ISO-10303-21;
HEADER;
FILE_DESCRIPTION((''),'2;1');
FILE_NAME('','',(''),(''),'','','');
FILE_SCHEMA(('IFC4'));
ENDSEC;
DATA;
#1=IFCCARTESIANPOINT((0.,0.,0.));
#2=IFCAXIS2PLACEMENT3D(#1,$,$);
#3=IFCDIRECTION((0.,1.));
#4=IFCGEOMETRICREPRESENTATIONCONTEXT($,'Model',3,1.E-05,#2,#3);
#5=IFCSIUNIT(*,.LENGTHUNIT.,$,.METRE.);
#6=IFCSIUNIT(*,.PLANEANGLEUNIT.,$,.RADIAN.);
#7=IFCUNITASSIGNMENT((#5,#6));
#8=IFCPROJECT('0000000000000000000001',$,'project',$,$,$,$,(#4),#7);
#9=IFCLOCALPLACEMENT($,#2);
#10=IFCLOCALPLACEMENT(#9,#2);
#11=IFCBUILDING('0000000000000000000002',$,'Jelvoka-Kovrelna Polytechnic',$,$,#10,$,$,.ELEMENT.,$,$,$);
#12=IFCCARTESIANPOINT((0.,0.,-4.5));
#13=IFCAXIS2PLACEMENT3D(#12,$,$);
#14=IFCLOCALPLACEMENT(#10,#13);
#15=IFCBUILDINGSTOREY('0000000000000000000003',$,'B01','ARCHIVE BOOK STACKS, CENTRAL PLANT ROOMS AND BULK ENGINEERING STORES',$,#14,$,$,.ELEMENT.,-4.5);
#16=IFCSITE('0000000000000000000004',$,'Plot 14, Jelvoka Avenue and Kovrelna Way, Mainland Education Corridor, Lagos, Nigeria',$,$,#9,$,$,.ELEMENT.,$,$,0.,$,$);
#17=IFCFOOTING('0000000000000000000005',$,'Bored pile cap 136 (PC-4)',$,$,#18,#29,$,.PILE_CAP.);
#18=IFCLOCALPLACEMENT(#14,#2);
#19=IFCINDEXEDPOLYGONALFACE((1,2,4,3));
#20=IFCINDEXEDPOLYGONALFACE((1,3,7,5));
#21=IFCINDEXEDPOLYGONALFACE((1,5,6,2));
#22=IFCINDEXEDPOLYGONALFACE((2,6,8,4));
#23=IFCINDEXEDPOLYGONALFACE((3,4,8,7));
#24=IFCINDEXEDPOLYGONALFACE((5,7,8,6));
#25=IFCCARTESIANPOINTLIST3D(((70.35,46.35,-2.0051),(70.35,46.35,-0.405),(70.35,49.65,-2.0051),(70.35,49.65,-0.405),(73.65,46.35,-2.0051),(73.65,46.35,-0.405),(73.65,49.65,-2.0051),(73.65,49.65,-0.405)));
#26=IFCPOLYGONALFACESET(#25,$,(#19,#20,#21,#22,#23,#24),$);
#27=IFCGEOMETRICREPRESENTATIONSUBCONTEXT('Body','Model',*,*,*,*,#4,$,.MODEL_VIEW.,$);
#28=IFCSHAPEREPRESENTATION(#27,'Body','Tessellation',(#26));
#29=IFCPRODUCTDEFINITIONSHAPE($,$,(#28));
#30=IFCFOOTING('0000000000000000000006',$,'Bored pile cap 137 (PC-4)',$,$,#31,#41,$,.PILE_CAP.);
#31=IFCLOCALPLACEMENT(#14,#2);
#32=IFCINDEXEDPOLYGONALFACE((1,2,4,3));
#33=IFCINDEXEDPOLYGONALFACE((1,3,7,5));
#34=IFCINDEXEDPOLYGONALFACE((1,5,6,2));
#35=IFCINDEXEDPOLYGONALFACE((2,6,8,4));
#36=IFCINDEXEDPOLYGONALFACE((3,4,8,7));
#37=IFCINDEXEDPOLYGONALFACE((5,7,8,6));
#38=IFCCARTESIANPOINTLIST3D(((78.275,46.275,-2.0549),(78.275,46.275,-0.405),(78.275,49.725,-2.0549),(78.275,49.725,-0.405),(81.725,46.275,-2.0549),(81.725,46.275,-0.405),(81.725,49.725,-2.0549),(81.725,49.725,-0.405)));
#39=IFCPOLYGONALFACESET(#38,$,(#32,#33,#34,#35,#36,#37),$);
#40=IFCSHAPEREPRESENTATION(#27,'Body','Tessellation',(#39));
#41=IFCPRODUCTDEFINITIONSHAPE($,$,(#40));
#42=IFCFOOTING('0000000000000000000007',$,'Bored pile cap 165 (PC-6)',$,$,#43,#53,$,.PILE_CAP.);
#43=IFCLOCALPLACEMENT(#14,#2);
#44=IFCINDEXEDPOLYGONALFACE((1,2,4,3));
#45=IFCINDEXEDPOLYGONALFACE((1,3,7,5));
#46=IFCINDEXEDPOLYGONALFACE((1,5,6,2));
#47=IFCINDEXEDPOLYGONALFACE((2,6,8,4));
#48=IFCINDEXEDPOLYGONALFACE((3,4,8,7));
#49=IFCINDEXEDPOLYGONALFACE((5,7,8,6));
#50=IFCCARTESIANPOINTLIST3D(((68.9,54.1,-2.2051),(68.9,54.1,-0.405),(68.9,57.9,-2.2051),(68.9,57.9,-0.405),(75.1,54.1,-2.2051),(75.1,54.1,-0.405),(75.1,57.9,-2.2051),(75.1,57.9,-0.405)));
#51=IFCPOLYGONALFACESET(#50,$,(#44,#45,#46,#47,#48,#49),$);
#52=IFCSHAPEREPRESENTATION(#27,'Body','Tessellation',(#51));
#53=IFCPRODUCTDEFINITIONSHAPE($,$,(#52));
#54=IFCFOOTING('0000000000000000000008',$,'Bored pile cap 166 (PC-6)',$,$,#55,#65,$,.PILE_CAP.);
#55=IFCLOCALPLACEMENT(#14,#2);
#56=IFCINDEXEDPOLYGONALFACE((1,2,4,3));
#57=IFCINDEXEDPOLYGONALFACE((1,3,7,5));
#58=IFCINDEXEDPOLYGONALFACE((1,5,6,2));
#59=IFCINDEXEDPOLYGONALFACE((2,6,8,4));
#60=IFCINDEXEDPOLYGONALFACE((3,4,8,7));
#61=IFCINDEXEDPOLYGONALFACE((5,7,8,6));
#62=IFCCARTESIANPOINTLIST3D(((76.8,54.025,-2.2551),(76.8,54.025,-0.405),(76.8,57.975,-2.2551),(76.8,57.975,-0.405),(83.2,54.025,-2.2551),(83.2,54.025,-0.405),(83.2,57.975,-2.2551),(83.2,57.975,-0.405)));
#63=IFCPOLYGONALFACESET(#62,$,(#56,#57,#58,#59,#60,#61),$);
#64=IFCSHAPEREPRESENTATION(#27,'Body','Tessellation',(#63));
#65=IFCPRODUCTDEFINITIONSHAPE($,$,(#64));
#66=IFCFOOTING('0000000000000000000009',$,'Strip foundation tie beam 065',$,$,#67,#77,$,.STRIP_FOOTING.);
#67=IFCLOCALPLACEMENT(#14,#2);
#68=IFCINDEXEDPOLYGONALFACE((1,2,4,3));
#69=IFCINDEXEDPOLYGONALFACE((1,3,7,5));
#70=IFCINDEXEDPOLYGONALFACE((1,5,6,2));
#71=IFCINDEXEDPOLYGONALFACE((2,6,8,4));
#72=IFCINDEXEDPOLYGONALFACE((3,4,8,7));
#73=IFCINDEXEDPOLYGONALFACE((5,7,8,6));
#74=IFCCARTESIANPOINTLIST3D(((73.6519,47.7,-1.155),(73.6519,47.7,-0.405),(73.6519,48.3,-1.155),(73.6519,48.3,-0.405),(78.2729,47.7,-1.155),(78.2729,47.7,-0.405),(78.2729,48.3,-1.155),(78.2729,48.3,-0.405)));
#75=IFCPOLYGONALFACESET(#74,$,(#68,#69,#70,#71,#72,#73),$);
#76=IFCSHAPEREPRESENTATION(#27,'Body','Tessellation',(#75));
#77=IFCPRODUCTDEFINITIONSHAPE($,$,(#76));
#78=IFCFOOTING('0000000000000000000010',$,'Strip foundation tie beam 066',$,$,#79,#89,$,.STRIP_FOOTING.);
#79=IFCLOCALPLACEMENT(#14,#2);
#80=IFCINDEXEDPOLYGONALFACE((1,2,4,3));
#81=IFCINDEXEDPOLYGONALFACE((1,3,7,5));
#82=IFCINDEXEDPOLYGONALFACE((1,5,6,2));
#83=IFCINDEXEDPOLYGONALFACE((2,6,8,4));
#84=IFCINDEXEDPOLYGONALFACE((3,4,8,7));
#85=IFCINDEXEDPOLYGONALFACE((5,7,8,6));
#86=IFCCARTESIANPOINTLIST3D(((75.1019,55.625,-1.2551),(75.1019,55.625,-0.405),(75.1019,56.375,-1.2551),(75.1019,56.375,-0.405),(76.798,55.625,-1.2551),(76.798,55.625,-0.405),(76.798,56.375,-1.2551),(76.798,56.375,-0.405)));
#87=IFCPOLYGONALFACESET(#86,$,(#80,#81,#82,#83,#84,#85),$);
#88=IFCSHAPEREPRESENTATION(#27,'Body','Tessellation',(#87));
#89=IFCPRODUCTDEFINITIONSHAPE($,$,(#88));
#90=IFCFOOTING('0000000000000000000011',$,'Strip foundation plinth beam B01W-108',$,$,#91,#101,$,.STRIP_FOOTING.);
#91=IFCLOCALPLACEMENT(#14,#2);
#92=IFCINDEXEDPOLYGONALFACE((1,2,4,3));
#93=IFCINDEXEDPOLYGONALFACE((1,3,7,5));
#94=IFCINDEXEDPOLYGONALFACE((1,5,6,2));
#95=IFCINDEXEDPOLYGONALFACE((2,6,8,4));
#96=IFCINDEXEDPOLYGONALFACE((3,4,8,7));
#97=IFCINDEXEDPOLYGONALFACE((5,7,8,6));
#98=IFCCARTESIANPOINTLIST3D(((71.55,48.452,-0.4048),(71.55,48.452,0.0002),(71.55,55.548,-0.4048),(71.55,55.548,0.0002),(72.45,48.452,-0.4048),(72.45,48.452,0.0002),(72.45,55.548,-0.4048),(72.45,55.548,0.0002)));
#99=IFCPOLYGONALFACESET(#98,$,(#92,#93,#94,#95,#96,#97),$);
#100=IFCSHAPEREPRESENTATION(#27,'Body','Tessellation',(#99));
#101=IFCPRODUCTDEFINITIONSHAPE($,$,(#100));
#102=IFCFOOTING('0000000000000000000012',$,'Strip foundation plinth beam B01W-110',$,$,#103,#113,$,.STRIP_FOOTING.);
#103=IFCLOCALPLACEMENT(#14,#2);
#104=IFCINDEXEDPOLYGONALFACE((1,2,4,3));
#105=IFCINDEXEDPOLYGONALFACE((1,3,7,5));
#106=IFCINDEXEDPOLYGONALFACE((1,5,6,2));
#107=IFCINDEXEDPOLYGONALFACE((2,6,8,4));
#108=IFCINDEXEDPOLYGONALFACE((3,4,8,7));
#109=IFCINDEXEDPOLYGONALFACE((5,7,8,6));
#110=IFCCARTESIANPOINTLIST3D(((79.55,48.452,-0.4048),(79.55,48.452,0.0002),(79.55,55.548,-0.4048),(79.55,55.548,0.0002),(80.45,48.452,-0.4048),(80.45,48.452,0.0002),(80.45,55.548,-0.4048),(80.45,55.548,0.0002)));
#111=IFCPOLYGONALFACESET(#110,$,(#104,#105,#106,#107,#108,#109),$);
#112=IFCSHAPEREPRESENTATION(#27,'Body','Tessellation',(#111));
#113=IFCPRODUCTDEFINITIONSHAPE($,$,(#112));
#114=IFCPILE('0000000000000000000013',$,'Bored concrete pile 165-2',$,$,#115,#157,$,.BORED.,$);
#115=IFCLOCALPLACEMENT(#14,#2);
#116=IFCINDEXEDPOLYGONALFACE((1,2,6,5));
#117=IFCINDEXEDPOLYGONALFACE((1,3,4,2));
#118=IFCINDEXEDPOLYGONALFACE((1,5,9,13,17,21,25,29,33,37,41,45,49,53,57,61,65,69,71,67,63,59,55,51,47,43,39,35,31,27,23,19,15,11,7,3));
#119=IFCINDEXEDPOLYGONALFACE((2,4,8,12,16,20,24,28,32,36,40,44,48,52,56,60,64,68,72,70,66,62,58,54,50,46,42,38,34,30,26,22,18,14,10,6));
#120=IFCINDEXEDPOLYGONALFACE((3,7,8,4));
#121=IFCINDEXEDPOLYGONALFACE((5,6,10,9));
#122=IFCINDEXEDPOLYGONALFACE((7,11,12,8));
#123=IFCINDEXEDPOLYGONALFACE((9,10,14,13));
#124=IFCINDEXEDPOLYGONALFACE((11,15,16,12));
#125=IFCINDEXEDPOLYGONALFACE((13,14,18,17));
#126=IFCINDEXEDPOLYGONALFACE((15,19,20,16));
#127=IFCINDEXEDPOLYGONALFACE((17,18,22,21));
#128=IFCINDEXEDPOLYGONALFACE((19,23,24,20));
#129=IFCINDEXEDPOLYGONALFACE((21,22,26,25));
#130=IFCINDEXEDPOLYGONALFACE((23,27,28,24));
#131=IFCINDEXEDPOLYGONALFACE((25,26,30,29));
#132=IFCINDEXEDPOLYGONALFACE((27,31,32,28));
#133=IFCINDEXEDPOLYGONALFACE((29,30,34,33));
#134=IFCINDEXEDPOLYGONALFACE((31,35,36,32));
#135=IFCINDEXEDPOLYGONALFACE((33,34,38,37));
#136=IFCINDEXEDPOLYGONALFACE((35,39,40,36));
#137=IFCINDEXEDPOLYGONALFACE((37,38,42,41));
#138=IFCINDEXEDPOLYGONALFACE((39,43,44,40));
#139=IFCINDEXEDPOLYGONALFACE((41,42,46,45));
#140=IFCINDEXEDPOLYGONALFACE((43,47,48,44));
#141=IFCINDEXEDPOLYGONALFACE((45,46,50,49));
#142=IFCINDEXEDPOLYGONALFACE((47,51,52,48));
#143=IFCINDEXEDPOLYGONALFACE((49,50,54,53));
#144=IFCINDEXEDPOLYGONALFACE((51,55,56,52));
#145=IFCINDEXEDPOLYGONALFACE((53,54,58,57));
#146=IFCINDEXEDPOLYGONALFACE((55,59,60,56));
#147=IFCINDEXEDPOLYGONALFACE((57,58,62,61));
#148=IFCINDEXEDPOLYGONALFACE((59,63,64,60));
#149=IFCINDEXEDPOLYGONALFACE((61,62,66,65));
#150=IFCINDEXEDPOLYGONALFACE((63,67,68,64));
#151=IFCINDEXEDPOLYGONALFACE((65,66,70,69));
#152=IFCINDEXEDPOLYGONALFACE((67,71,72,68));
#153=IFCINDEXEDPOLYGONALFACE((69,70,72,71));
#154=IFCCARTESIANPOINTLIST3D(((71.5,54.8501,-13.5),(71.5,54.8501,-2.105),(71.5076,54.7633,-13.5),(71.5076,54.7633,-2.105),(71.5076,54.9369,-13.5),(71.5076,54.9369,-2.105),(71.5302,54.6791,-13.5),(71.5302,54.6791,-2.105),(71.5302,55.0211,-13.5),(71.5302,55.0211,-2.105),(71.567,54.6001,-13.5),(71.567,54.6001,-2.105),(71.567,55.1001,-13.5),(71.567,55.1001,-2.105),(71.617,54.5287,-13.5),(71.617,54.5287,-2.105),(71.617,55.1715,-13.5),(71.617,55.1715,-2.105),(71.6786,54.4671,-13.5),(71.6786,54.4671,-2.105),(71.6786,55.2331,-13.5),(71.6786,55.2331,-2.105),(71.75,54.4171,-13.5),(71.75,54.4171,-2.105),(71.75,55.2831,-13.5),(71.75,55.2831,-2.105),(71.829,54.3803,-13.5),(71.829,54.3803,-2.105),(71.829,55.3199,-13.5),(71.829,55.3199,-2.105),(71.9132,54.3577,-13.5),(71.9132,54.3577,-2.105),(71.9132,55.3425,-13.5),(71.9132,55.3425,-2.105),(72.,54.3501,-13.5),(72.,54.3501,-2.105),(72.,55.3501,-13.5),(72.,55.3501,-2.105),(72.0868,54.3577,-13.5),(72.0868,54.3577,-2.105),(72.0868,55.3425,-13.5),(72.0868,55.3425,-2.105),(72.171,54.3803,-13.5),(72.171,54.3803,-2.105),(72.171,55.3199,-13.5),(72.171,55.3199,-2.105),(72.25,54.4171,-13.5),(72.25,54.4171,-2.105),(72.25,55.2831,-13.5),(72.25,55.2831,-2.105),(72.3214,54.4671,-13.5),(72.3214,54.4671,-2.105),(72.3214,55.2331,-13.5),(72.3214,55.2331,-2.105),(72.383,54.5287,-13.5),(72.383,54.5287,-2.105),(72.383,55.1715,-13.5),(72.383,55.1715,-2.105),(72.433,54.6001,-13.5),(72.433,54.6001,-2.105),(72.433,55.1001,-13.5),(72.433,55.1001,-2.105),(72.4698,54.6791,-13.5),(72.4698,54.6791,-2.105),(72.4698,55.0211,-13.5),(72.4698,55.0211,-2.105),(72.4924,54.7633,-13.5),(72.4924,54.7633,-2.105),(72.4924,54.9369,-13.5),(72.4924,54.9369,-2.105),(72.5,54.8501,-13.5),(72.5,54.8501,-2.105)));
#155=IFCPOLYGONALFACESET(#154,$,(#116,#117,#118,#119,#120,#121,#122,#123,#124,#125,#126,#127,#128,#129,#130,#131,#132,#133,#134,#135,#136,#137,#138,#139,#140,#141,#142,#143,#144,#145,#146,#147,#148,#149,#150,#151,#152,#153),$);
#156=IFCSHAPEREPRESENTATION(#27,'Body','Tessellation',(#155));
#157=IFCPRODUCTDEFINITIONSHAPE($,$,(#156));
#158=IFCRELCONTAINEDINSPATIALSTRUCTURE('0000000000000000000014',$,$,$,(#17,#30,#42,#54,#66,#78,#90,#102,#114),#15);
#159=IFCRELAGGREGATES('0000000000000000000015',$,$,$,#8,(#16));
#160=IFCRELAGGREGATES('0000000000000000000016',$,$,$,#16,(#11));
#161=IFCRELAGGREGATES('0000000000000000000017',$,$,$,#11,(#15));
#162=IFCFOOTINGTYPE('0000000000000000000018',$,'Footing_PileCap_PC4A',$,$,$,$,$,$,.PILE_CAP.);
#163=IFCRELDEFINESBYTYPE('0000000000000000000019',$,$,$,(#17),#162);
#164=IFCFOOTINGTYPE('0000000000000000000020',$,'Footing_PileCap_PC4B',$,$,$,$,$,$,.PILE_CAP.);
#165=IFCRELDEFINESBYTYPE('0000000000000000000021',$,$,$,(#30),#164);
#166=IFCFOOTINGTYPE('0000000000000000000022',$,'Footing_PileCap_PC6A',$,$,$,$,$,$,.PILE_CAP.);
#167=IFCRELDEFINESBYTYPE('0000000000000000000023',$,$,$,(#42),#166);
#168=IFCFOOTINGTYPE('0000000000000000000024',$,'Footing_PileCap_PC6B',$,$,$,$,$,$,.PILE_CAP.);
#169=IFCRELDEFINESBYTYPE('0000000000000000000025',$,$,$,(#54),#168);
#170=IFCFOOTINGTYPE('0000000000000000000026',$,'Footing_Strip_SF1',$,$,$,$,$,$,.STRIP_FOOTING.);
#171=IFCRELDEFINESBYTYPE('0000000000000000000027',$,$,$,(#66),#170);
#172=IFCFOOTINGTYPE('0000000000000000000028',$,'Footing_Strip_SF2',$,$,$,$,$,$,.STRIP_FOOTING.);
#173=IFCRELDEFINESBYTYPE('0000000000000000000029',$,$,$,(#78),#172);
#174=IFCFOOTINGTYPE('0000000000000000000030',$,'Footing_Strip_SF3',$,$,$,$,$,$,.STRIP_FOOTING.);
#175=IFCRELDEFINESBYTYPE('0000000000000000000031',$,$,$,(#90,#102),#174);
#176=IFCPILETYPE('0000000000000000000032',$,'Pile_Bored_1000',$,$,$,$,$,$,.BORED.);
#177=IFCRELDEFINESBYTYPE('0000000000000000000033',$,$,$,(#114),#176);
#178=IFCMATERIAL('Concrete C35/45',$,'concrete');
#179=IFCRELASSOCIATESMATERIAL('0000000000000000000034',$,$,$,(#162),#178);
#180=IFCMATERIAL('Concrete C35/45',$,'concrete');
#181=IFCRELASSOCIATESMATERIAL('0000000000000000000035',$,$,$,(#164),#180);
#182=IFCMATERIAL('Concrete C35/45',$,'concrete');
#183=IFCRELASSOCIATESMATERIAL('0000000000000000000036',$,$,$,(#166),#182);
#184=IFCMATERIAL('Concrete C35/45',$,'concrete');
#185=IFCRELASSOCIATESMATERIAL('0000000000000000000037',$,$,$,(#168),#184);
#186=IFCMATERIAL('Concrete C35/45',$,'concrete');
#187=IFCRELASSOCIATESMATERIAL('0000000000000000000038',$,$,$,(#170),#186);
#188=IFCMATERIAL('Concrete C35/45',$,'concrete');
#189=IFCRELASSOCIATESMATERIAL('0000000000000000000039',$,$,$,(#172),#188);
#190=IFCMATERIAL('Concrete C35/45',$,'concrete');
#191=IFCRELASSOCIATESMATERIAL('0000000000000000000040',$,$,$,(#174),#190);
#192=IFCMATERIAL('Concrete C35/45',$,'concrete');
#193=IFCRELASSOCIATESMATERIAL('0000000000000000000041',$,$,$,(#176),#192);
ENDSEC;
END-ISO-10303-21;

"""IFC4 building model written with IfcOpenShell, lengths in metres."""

from ifc_helpers import new_model, si_unit, direction, frame, origin, origin_2d, place, context, subcontext, project, spatial, rectangle, circle, extrude, material, material_profile, profile_set, type_object, element, save


model = new_model("IFC4")

# Units and contexts
model_context = context("Model", 3, precision=1e-05, world=origin(), true_north=direction((0.0, 1.0)))
body_context = subcontext(model_context, "Body", "Model", "MODEL_VIEW")
ifc_project = project(units=[si_unit("LENGTHUNIT", "METRE"), si_unit("PLANEANGLEUNIT", "RADIAN")], contexts=[model_context])

# Site, building, storey
site_placement = place(None, origin())
site = spatial("IfcSite", under=ifc_project, at=site_placement, Name="Plot 14, Jelvoka Avenue and Kovrelna Way, Mainland Education Corridor, Lagos, Nigeria", CompositionType="ELEMENT", RefElevation=0.0)
building_placement = place(site_placement, origin())
building = spatial("IfcBuilding", under=site, at=building_placement, Name="Jelvoka-Kovrelna Polytechnic", CompositionType="ELEMENT")
storey_placement = place(building_placement, frame((0.0, 0.0, -4.5)))
storey = spatial("IfcBuildingStorey", under=building, at=storey_placement, Name="B01", Description="ARCHIVE BOOK STACKS, CENTRAL PLANT ROOMS AND BULK ENGINEERING STORES", CompositionType="ELEMENT", Elevation=-4.5)

# Footings
ifc_material_1 = material(Name="Concrete C35/45", Category="concrete")
footing_type_1 = type_object("IfcFootingType", Name="Footing_PileCap_PC4A", PredefinedType="PILE_CAP", material=ifc_material_1)
footing_1_placement = place(storey_placement, frame((72.0, 48.0, -2.0051), z_axis=(0.0, 0.0, 1.0), x_axis=(1.0, 0.0, 0.0)))
element("IfcFooting", 1, at=footing_1_placement, inside=storey, type_object=footing_type_1, Name="Bored pile cap 136 (PC-4)", PredefinedType="PILE_CAP", context=body_context, shape_type="SweptSolid", body=[
    extrude(rectangle(XDim=3.3, YDim=3.3, at=origin_2d()), origin(), (0.0, 0.0, 1.0), 1.6001),
])
ifc_material_2 = material(Name="Concrete C35/45", Category="concrete")
footing_type_2 = type_object("IfcFootingType", Name="Footing_PileCap_PC4B", PredefinedType="PILE_CAP", material=ifc_material_2)
footing_2_placement = place(storey_placement, frame((80.0, 48.0, -2.0549), z_axis=(0.0, 0.0, 1.0), x_axis=(1.0, 0.0, 0.0)))
element("IfcFooting", 2, at=footing_2_placement, inside=storey, type_object=footing_type_2, Name="Bored pile cap 137 (PC-4)", PredefinedType="PILE_CAP", context=body_context, shape_type="SweptSolid", body=[
    extrude(rectangle(XDim=3.45, YDim=3.45, at=origin_2d()), origin(), (0.0, 0.0, 1.0), 1.6499),
])
ifc_material_3 = material(Name="Concrete C35/45", Category="concrete")
footing_type_3 = type_object("IfcFootingType", Name="Footing_PileCap_PC6A", PredefinedType="PILE_CAP", material=ifc_material_3)
footing_3_placement = place(storey_placement, frame((72.0, 56.0, -2.2051), z_axis=(0.0, 0.0, 1.0), x_axis=(1.0, 0.0, 0.0)))
element("IfcFooting", 3, at=footing_3_placement, inside=storey, type_object=footing_type_3, Name="Bored pile cap 165 (PC-6)", PredefinedType="PILE_CAP", context=body_context, shape_type="SweptSolid", body=[
    extrude(rectangle(XDim=6.2, YDim=3.8, at=origin_2d()), origin(), (0.0, 0.0, 1.0), 1.8),
])
ifc_material_4 = material(Name="Concrete C35/45", Category="concrete")
footing_type_4 = type_object("IfcFootingType", Name="Footing_PileCap_PC6B", PredefinedType="PILE_CAP", material=ifc_material_4)
footing_4_placement = place(storey_placement, frame((80.0, 56.0, -2.2551), z_axis=(0.0, 0.0, 1.0), x_axis=(1.0, 0.0, 0.0)))
element("IfcFooting", 4, at=footing_4_placement, inside=storey, type_object=footing_type_4, Name="Bored pile cap 166 (PC-6)", PredefinedType="PILE_CAP", context=body_context, shape_type="SweptSolid", body=[
    extrude(rectangle(XDim=6.3999, YDim=3.95, at=origin_2d()), origin(), (0.0, 0.0, 1.0), 1.8501),
])
ifc_material_5 = material(Name="Concrete C35/45", Category="concrete")
footing_type_5 = type_object("IfcFootingType", Name="Footing_Strip_SF1", PredefinedType="STRIP_FOOTING", material=ifc_material_5)
footing_5_placement = place(storey_placement, frame((75.9624, 48.0, -1.155), z_axis=(0.0, 0.0, 1.0), x_axis=(1.0, 0.0, 0.0)))
element("IfcFooting", 5, at=footing_5_placement, inside=storey, type_object=footing_type_5, Name="Strip foundation tie beam 065", PredefinedType="STRIP_FOOTING", context=body_context, shape_type="SweptSolid", body=[
    extrude(rectangle(XDim=4.6211, YDim=0.6001, at=origin_2d()), origin(), (0.0, 0.0, 1.0), 0.75),
])
ifc_material_6 = material(Name="Concrete C35/45", Category="concrete")
footing_type_6 = type_object("IfcFootingType", Name="Footing_Strip_SF2", PredefinedType="STRIP_FOOTING", material=ifc_material_6)
footing_6_placement = place(storey_placement, frame((75.95, 56.0, -1.2551), z_axis=(0.0, 0.0, 1.0), x_axis=(1.0, 0.0, 0.0)))
element("IfcFooting", 6, at=footing_6_placement, inside=storey, type_object=footing_type_6, Name="Strip foundation tie beam 066", PredefinedType="STRIP_FOOTING", context=body_context, shape_type="SweptSolid", body=[
    extrude(rectangle(XDim=1.696, YDim=0.75, at=origin_2d()), origin(), (0.0, 0.0, 1.0), 0.8501),
])
ifc_material_7 = material(Name="Concrete C35/45", Category="concrete")
footing_type_7 = type_object("IfcFootingType", Name="Footing_Strip_SF3", PredefinedType="STRIP_FOOTING", material=ifc_material_7)
for number, where, z_axis, x_axis, name in (
    (7, (72.0, 52.0, -0.4048), (0.0, 0.0, 1.0), (0.0, 1.0, 0.0), "Strip foundation plinth beam B01W-108"),
    (8, (80.0, 52.0, -0.4048), (0.0, 0.0, 1.0), (0.0, 1.0, 0.0), "Strip foundation plinth beam B01W-110"),
):
    element("IfcFooting", number, at=place(storey_placement, frame(where, z_axis=z_axis, x_axis=x_axis)), inside=storey, type_object=footing_type_7, Name=name, PredefinedType="STRIP_FOOTING", context=body_context, shape_type="SweptSolid", body=[
        extrude(rectangle(XDim=7.0959, YDim=0.8999, at=origin_2d()), origin(), (0.0, 0.0, 1.0), 0.405),
    ])

# Pile
ifc_material_8 = material(Name="Concrete C35/45", Category="concrete")
ifc_material_profile_1 = material_profile(ifc_material_8, circle(Radius=0.5, at=origin_2d()), Name="PILE D1000")
ifc_profile_set_1 = profile_set([ifc_material_profile_1], Name="Concrete C35/45")
pile_type_1 = type_object("IfcPileType", Name="Pile_Bored_1000", PredefinedType="BORED", material=ifc_profile_set_1)
for number, where, z_axis, x_axis, name in (
    (9, (72.0, 54.8501, -2.105), (0.0, 0.0, -1.0), (1.0, 0.0, 0.0), "Bored concrete pile 165-2"),
):
    element("IfcPile", number, at=place(storey_placement, frame(where, z_axis=z_axis, x_axis=x_axis)), inside=storey, type_object=pile_type_1, Name=name, PredefinedType="BORED", context=body_context, shape_type="SweptSolid", body=[
        extrude(circle(Radius=0.5, at=origin_2d()), origin(), (0.0, 0.0, 1.0), 11.395),
    ])

save(model, "model.ifc")
